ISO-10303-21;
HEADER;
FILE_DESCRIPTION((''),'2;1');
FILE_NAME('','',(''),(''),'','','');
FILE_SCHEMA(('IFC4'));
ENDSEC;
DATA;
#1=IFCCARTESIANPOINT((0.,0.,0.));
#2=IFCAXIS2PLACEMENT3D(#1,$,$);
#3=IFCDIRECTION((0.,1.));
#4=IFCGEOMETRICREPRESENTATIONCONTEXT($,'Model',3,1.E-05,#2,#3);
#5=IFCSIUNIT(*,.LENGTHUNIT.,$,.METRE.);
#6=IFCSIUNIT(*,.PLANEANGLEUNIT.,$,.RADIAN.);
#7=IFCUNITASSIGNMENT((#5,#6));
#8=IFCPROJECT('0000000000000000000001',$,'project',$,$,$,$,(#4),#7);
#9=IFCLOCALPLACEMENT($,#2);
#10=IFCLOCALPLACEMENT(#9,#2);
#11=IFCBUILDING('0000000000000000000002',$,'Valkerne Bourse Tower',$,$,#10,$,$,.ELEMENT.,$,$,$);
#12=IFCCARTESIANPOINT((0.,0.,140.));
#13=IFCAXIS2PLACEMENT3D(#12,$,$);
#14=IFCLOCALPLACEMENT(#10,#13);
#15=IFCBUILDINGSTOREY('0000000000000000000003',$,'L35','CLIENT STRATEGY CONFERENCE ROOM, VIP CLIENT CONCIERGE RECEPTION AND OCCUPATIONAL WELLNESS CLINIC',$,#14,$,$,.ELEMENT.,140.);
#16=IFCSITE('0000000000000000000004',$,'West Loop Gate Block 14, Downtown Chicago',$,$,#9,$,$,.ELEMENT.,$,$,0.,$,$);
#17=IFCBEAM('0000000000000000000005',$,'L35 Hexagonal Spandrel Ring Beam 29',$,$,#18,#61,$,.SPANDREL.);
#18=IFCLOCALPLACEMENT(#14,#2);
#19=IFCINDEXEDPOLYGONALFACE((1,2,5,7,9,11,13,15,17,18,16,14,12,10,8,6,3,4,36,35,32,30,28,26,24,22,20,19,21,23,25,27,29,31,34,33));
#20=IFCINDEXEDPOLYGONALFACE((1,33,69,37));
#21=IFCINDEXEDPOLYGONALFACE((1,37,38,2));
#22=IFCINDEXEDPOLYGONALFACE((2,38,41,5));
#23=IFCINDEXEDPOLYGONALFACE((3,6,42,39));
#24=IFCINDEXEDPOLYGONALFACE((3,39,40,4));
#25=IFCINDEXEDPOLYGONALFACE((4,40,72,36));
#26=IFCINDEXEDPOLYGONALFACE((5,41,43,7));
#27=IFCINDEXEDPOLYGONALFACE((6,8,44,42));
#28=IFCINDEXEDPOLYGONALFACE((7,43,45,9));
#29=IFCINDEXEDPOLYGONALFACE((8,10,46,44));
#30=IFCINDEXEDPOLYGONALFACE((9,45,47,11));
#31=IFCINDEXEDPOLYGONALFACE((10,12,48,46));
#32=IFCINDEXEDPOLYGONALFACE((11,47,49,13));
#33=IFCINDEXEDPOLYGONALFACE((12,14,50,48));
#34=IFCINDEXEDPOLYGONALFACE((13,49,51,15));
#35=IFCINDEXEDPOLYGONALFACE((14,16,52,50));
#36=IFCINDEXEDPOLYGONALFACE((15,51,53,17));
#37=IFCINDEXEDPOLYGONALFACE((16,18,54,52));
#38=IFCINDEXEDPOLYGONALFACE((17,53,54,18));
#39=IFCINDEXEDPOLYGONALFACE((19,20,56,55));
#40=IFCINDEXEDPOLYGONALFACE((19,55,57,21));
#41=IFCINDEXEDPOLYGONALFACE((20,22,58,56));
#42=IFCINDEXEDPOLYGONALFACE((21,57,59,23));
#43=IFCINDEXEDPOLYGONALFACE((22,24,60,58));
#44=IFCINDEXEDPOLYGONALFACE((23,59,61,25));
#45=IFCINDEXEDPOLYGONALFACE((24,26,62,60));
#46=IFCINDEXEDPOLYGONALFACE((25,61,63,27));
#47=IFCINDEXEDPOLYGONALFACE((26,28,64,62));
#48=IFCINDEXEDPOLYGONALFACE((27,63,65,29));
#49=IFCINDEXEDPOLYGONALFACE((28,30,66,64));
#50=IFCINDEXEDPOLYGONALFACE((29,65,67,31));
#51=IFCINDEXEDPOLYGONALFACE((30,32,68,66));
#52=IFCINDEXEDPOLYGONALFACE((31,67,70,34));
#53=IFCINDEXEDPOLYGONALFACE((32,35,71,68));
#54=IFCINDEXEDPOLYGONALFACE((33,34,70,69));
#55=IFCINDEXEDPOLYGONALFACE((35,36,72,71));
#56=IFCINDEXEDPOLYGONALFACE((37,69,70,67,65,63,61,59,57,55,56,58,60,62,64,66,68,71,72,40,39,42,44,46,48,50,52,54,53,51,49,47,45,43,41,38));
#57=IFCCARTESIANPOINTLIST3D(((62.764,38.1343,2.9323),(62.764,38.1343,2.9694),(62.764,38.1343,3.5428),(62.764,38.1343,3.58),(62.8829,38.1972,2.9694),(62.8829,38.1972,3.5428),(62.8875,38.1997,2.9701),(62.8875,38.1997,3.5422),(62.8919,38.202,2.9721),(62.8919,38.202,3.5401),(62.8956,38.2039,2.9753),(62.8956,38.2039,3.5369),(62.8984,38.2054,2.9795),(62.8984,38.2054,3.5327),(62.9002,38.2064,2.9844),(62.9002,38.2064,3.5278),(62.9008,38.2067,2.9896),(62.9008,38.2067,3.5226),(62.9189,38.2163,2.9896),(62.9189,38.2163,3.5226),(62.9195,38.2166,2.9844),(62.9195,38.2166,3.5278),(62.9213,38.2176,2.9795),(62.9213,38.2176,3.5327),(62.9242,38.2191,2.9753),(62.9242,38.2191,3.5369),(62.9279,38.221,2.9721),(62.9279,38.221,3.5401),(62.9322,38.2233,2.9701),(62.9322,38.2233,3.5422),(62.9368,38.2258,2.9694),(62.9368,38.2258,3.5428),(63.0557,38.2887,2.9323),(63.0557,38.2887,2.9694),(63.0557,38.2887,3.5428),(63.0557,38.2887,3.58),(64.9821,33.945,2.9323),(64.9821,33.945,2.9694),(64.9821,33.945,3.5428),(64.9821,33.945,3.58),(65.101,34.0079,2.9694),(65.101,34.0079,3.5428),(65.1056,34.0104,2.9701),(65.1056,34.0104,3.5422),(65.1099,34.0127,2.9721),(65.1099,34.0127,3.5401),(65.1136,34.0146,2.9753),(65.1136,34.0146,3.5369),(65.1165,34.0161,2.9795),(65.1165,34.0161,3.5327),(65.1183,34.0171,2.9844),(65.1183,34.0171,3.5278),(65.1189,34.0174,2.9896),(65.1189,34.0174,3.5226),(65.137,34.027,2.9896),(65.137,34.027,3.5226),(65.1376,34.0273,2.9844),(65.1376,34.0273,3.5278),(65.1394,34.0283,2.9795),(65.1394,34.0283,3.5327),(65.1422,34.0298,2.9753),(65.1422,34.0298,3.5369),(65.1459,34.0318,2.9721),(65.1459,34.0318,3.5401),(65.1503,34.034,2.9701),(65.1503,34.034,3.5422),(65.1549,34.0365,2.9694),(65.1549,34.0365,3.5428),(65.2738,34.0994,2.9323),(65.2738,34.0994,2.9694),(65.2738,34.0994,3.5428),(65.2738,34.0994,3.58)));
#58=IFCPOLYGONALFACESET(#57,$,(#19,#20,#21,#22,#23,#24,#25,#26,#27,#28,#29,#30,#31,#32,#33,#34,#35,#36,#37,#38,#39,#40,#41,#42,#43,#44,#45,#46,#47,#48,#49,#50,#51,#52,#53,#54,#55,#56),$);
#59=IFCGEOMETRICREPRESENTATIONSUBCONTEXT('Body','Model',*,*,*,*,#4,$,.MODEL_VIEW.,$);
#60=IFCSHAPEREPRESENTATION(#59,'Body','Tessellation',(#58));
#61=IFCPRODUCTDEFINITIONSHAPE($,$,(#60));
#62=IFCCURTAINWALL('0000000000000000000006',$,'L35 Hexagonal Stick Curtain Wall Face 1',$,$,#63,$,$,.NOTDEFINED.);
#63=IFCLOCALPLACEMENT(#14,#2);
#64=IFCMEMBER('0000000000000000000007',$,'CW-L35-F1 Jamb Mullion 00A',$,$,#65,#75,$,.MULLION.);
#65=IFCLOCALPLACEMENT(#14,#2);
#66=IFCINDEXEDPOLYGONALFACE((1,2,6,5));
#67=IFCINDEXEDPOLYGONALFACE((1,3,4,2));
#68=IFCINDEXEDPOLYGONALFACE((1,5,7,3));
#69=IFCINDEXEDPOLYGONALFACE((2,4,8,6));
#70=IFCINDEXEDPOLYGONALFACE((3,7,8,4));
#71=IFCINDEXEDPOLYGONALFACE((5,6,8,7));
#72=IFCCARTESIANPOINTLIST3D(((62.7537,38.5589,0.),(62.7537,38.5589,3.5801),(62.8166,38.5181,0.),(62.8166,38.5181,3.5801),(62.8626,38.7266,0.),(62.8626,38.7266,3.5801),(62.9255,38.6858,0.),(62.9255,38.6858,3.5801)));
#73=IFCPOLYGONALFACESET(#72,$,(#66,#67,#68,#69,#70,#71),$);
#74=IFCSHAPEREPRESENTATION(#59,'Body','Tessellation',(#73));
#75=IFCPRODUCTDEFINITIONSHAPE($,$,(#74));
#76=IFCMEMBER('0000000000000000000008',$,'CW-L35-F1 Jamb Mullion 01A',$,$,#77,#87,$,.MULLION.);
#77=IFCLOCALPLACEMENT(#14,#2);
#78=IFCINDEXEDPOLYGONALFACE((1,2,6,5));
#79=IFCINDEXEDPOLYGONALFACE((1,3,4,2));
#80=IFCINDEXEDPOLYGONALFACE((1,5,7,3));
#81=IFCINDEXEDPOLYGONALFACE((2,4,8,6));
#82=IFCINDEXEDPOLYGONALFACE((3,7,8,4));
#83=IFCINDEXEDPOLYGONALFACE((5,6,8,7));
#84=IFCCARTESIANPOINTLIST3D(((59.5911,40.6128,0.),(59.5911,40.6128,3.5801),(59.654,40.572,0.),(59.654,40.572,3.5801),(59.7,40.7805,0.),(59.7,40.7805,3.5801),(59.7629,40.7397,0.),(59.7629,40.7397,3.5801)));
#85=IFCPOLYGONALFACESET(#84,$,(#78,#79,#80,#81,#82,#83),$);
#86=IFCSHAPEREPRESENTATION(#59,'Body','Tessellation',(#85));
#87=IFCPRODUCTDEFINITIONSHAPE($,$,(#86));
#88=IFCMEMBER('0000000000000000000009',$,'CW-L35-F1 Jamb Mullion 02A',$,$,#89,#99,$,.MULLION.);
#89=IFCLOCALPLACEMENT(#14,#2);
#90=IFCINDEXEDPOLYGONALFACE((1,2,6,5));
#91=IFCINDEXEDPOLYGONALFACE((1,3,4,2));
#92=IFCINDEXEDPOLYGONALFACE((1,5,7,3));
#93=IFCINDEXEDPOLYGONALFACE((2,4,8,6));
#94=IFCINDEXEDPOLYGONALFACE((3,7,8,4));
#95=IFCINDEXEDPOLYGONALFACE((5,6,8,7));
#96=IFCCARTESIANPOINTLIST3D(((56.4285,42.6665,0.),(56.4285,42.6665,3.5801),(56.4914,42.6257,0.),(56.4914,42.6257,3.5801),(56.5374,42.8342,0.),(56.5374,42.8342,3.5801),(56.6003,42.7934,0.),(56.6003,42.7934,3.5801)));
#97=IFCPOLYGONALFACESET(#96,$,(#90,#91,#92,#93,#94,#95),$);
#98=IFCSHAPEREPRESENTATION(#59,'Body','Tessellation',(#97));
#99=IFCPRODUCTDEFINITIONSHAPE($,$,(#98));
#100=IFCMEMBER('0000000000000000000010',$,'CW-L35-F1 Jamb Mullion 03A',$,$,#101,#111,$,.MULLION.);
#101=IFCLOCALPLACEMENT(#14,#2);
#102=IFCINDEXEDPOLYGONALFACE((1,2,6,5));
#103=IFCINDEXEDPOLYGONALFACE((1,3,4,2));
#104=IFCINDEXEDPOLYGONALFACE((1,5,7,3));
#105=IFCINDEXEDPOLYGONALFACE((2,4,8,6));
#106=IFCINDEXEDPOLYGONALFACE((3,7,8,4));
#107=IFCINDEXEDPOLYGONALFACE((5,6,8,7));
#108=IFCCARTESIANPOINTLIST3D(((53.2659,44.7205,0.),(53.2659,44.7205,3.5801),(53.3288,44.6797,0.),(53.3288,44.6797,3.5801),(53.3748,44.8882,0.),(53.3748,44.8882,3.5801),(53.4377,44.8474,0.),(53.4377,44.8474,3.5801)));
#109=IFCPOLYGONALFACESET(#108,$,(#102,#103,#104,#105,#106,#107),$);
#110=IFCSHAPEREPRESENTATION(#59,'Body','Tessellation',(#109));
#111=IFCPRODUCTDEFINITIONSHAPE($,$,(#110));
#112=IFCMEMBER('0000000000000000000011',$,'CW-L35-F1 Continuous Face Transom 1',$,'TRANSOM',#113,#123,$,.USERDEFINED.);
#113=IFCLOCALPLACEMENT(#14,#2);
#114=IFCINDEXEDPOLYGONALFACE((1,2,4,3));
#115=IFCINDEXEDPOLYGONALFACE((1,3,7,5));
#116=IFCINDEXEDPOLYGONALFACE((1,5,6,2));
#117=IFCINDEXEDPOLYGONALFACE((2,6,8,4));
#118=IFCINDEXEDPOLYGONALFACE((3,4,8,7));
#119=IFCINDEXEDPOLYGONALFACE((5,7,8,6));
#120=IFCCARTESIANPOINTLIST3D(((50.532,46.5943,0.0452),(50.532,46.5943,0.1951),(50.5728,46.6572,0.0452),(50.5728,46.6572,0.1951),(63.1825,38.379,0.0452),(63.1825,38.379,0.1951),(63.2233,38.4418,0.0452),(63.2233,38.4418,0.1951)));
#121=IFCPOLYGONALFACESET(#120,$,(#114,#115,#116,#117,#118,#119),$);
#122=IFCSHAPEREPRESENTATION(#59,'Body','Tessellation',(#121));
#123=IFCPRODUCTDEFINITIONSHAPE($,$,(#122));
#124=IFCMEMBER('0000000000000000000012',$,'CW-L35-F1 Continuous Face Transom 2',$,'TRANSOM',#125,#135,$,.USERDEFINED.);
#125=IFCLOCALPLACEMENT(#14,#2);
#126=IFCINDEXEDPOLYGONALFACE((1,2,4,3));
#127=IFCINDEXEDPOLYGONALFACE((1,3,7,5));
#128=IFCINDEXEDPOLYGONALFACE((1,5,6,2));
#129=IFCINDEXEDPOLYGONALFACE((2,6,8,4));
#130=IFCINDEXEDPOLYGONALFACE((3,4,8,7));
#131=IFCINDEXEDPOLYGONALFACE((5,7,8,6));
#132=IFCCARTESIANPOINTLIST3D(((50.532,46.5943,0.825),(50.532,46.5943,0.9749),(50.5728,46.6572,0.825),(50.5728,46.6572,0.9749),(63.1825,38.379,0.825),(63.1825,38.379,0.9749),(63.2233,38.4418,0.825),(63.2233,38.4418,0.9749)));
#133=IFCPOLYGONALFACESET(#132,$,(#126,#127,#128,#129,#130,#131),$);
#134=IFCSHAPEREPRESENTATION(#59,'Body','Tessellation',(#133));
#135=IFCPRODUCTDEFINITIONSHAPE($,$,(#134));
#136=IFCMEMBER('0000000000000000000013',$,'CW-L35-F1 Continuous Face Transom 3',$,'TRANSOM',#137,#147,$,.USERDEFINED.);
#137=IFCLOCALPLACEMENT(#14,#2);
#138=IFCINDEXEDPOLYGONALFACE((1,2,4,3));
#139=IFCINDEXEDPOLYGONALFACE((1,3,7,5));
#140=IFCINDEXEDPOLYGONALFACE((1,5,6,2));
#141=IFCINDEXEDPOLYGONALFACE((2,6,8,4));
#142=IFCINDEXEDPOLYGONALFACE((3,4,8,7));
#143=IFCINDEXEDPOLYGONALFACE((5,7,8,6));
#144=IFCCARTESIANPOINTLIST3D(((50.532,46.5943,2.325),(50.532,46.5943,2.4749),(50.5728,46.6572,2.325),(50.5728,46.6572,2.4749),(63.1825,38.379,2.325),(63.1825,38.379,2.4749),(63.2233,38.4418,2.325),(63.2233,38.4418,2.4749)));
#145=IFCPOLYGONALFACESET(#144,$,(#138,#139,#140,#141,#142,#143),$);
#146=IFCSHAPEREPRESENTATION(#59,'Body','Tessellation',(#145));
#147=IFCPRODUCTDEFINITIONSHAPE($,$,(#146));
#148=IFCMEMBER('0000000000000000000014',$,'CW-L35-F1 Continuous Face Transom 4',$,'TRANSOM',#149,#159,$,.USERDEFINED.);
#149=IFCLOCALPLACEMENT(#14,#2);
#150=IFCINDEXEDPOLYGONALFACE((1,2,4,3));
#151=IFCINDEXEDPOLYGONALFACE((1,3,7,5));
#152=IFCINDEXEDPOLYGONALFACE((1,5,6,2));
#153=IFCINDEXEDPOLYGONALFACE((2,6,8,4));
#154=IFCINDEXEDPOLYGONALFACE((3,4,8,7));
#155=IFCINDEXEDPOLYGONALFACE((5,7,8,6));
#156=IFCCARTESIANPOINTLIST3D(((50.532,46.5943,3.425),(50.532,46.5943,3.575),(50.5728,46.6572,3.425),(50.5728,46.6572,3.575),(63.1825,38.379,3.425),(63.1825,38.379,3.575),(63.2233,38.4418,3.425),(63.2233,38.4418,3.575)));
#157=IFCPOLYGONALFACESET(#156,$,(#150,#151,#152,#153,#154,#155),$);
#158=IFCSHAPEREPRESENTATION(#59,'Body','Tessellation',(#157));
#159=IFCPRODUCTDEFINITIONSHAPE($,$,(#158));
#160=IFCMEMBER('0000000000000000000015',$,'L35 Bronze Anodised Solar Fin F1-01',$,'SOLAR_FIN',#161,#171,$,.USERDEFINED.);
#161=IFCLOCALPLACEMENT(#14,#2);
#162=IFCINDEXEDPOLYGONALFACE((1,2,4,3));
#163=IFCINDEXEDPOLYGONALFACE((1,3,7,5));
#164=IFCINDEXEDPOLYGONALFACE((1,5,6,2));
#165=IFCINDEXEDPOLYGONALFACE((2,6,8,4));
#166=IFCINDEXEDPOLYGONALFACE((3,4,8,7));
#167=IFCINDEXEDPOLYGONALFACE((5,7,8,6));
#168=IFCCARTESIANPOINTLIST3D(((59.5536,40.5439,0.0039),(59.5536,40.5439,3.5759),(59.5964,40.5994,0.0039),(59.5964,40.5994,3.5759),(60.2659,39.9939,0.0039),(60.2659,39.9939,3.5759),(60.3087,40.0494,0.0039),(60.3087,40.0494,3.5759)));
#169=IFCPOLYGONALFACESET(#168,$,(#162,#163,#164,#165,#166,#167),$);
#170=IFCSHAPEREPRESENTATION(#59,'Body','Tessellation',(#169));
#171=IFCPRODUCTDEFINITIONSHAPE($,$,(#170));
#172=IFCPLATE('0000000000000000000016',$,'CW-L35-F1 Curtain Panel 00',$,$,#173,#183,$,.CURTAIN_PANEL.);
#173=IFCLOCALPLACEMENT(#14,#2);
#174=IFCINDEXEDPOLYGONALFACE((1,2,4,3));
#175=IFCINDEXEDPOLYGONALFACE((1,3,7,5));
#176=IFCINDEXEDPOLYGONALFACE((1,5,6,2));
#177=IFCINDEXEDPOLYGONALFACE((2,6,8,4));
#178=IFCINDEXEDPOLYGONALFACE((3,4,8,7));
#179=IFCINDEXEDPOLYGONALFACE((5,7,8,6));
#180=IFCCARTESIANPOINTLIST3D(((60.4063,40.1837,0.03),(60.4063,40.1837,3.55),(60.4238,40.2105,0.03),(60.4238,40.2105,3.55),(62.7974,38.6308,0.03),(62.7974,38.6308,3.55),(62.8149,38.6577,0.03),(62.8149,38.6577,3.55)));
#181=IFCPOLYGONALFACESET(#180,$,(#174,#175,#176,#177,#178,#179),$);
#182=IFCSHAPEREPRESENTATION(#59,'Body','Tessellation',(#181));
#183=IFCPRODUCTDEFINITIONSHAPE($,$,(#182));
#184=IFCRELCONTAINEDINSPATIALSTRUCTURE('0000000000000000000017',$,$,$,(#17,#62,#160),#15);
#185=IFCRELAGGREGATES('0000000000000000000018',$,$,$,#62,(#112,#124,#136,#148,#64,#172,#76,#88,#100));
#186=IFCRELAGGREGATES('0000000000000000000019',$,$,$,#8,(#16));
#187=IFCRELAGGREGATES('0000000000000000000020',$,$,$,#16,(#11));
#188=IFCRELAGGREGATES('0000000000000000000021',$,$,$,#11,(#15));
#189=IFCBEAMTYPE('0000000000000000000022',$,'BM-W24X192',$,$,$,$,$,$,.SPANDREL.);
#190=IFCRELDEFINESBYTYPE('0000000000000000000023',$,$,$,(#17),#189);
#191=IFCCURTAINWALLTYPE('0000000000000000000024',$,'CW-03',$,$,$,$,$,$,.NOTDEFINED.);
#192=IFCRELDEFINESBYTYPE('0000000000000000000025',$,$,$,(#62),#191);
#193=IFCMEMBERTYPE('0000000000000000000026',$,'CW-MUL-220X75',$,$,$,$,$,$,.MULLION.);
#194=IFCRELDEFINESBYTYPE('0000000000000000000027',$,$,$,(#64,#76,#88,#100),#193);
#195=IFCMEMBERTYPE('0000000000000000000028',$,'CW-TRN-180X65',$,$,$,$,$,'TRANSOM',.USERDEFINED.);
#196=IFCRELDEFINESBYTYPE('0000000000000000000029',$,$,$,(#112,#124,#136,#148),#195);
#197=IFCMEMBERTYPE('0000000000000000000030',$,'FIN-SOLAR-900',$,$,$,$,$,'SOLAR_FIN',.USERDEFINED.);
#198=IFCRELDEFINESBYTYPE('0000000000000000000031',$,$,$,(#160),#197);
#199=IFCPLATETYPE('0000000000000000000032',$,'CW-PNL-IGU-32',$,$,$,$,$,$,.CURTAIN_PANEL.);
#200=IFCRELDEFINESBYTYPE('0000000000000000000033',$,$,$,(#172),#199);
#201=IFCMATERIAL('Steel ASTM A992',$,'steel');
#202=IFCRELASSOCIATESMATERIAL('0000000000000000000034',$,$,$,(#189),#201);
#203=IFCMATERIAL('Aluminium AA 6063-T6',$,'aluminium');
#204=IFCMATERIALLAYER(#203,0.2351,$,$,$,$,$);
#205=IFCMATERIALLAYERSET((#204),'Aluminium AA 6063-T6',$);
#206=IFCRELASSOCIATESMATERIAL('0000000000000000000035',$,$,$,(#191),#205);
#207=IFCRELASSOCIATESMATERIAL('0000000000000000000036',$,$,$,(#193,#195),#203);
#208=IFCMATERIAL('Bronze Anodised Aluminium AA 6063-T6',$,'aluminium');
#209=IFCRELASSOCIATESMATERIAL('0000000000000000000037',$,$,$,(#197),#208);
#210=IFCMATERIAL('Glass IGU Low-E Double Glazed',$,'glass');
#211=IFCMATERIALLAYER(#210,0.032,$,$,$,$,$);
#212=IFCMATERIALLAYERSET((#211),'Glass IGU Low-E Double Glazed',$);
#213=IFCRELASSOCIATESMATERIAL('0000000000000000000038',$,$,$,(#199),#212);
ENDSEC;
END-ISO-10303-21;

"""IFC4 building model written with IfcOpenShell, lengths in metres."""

from ifc_helpers import new_model, si_unit, direction, frame, origin, origin_2d, place, context, subcontext, project, spatial, rectangle, i_section, extrude, material, layer, layer_set, material_profile, profile_set, type_object, element, aggregate, save


model = new_model("IFC4")

# Units and contexts
model_context = context("Model", 3, precision=1e-05, world=origin(), true_north=direction((0.0, 1.0)))
body_context = subcontext(model_context, "Body", "Model", "MODEL_VIEW")
ifc_project = project(units=[si_unit("LENGTHUNIT", "METRE"), si_unit("PLANEANGLEUNIT", "RADIAN")], contexts=[model_context])

# Site, building, storey
site_placement = place(None, origin())
site = spatial("IfcSite", under=ifc_project, at=site_placement, Name="West Loop Gate Block 14, Downtown Chicago", CompositionType="ELEMENT", RefElevation=0.0)
building_placement = place(site_placement, origin())
building = spatial("IfcBuilding", under=site, at=building_placement, Name="Valkerne Bourse Tower", CompositionType="ELEMENT")
storey_placement = place(building_placement, frame((0.0, 0.0, 140.0)))
storey = spatial("IfcBuildingStorey", under=building, at=storey_placement, Name="L35", Description="CLIENT STRATEGY CONFERENCE ROOM, VIP CLIENT CONCIERGE RECEPTION AND OCCUPATIONAL WELLNESS CLINIC", CompositionType="ELEMENT", Elevation=140.0)

# Beam
ifc_material_1 = material(Name="Steel ASTM A992", Category="steel")
ifc_material_profile_1 = material_profile(ifc_material_1, i_section(OverallWidth=0.3301, OverallDepth=0.6477, WebThickness=0.0205, FlangeThickness=0.0371, FilletRadius=0.0203, at=origin_2d()), Name="W24X192")
ifc_profile_set_1 = profile_set([ifc_material_profile_1], Name="Steel ASTM A992")
beam_type = type_object("IfcBeamType", Name="BM-W24X192", PredefinedType="SPANDREL", material=ifc_profile_set_1)
beam_placement = place(storey_placement, frame((65.1279, 34.0222, 3.2561), z_axis=(-0.467921, 0.88377, 0.0), x_axis=(-0.88377, -0.467921, 0.0)))
element("IfcBeam", 1, at=beam_placement, inside=storey, type_object=beam_type, Name="L35 Hexagonal Spandrel Ring Beam 29", PredefinedType="SPANDREL", context=body_context, shape_type="SweptSolid", body=[
    extrude(i_section(OverallWidth=0.3301, OverallDepth=0.6477, WebThickness=0.0205, FlangeThickness=0.0371, FilletRadius=0.0203, at=origin_2d()), origin(), (0.0, 0.0, 1.0), 4.7402),
])

# Curtain wall, members
ifc_material_2 = material(Name="Aluminium AA 6063-T6", Category="aluminium")
ifc_layer_1 = layer(ifc_material_2, 0.2351)
ifc_layer_set_1 = layer_set([ifc_layer_1], Name="Aluminium AA 6063-T6")
curtain_wall_type = type_object("IfcCurtainWallType", Name="CW-03", PredefinedType="NOTDEFINED", material=ifc_layer_set_1)
curtain_wall_placement = place(storey_placement, origin())
curtain_wall = element("IfcCurtainWall", 2, at=curtain_wall_placement, inside=storey, type_object=curtain_wall_type, Name="L35 Hexagonal Stick Curtain Wall Face 1", PredefinedType="NOTDEFINED")
ifc_material_profile_2 = material_profile(ifc_material_2, rectangle(XDim=0.075, YDim=0.2, at=origin_2d()), Name="CWM-75X200")
ifc_profile_set_2 = profile_set([ifc_material_profile_2], Name="Aluminium AA 6063-T6")
member_type_1 = type_object("IfcMemberType", Name="CW-MUL-220X75", PredefinedType="MULLION", material=ifc_profile_set_2)
member_1_placement = place(storey_placement, frame((62.8396, 38.6223, 0.0), z_axis=(0.0, 0.0, 1.0), x_axis=(-0.838668, 0.544643, 0.0)))
member_1 = element("IfcMember", 3, at=member_1_placement, type_object=member_type_1, Name="CW-L35-F1 Jamb Mullion 00A", PredefinedType="MULLION", context=body_context, shape_type="SweptSolid", body=[
    extrude(rectangle(XDim=0.075, YDim=0.2, at=origin_2d()), origin(), (0.0, 0.0, 1.0), 3.5801),
])
member_2_placement = place(storey_placement, frame((59.677, 40.6763, 0.0), z_axis=(0.0, 0.0, 1.0), x_axis=(-0.838673, 0.544636, 0.0)))
member_2 = element("IfcMember", 4, at=member_2_placement, type_object=member_type_1, Name="CW-L35-F1 Jamb Mullion 01A", PredefinedType="MULLION", context=body_context, shape_type="SweptSolid", body=[
    extrude(rectangle(XDim=0.075, YDim=0.2, at=origin_2d()), origin(), (0.0, 0.0, 1.0), 3.5801),
])
member_3_placement = place(storey_placement, frame((56.5144, 42.73, 0.0), z_axis=(0.0, 0.0, 1.0), x_axis=(-0.838673, 0.544636, 0.0)))
member_3 = element("IfcMember", 5, at=member_3_placement, type_object=member_type_1, Name="CW-L35-F1 Jamb Mullion 02A", PredefinedType="MULLION", context=body_context, shape_type="SweptSolid", body=[
    extrude(rectangle(XDim=0.075, YDim=0.2, at=origin_2d()), origin(), (0.0, 0.0, 1.0), 3.5801),
])
member_4_placement = place(storey_placement, frame((53.3518, 44.7839, 0.0), z_axis=(0.0, 0.0, 1.0), x_axis=(-0.83866, 0.544655, 0.0)))
member_4 = element("IfcMember", 6, at=member_4_placement, type_object=member_type_1, Name="CW-L35-F1 Jamb Mullion 03A", PredefinedType="MULLION", context=body_context, shape_type="SweptSolid", body=[
    extrude(rectangle(XDim=0.075, YDim=0.2, at=origin_2d()), origin(), (0.0, 0.0, 1.0), 3.5801),
])
ifc_material_profile_3 = material_profile(ifc_material_2, rectangle(XDim=0.075, YDim=0.1499, at=origin_2d()), Name="CWT-75X150")
ifc_profile_set_3 = profile_set([ifc_material_profile_3], Name="Aluminium AA 6063-T6")
member_type_2 = type_object("IfcMemberType", Name="CW-TRN-180X65", ElementType="TRANSOM", PredefinedType="USERDEFINED", material=ifc_profile_set_3)
member_5_placement = place(storey_placement, frame((63.2029, 38.4104, 0.1201), z_axis=(-0.838668, 0.544642, 0.0), x_axis=(-0.544642, -0.838668, 0.0)))
member_5 = element("IfcMember", 7, at=member_5_placement, type_object=member_type_2, Name="CW-L35-F1 Continuous Face Transom 1", ObjectType="TRANSOM", PredefinedType="USERDEFINED", context=body_context, shape_type="SweptSolid", body=[
    extrude(rectangle(XDim=0.075, YDim=0.1499, at=origin_2d()), origin(), (0.0, 0.0, 1.0), 15.084),
])
member_6_placement = place(storey_placement, frame((63.2029, 38.4104, 0.8999), z_axis=(-0.838668, 0.544642, 0.0), x_axis=(-0.544642, -0.838668, 0.0)))
member_6 = element("IfcMember", 8, at=member_6_placement, type_object=member_type_2, Name="CW-L35-F1 Continuous Face Transom 2", ObjectType="TRANSOM", PredefinedType="USERDEFINED", context=body_context, shape_type="SweptSolid", body=[
    extrude(rectangle(XDim=0.075, YDim=0.1499, at=origin_2d()), origin(), (0.0, 0.0, 1.0), 15.084),
])
member_7_placement = place(storey_placement, frame((63.2029, 38.4104, 2.3999), z_axis=(-0.838668, 0.544642, 0.0), x_axis=(-0.544642, -0.838668, 0.0)))
member_7 = element("IfcMember", 9, at=member_7_placement, type_object=member_type_2, Name="CW-L35-F1 Continuous Face Transom 3", ObjectType="TRANSOM", PredefinedType="USERDEFINED", context=body_context, shape_type="SweptSolid", body=[
    extrude(rectangle(XDim=0.075, YDim=0.1499, at=origin_2d()), origin(), (0.0, 0.0, 1.0), 15.084),
])
member_8_placement = place(storey_placement, frame((63.2029, 38.4104, 3.5), z_axis=(-0.838668, 0.544642, 0.0), x_axis=(-0.544642, -0.838668, 0.0)))
member_8 = element("IfcMember", 10, at=member_8_placement, type_object=member_type_2, Name="CW-L35-F1 Continuous Face Transom 4", ObjectType="TRANSOM", PredefinedType="USERDEFINED", context=body_context, shape_type="SweptSolid", body=[
    extrude(rectangle(XDim=0.075, YDim=0.1499, at=origin_2d()), origin(), (0.0, 0.0, 1.0), 15.084),
])

# Member
ifc_material_3 = material(Name="Bronze Anodised Aluminium AA 6063-T6", Category="aluminium")
ifc_material_profile_4 = material_profile(ifc_material_3, rectangle(XDim=0.0701, YDim=0.8999, at=origin_2d()), Name="FIN-70X900")
ifc_profile_set_4 = profile_set([ifc_material_profile_4], Name="Bronze Anodised Aluminium AA 6063-T6")
member_type_3 = type_object("IfcMemberType", Name="FIN-SOLAR-900", ElementType="SOLAR_FIN", PredefinedType="USERDEFINED", material=ifc_profile_set_4)
member_9_placement = place(storey_placement, frame((59.9312, 40.2966, 0.0039), z_axis=(0.0, 0.0, 1.0), x_axis=(0.611156, 0.79151, 0.0)))
element("IfcMember", 11, at=member_9_placement, inside=storey, type_object=member_type_3, Name="L35 Bronze Anodised Solar Fin F1-01", ObjectType="SOLAR_FIN", PredefinedType="USERDEFINED", context=body_context, shape_type="SweptSolid", body=[
    extrude(rectangle(XDim=0.0701, YDim=0.8999, at=origin_2d()), origin(), (0.0, 0.0, 1.0), 3.572),
])

# Plate
ifc_material_4 = material(Name="Glass IGU Low-E Double Glazed", Category="glass")
ifc_layer_2 = layer(ifc_material_4, 0.032)
ifc_layer_set_2 = layer_set([ifc_layer_2], Name="Glass IGU Low-E Double Glazed")
plate_type = type_object("IfcPlateType", Name="CW-PNL-IGU-32", PredefinedType="CURTAIN_PANEL", material=ifc_layer_set_2)
plate_1_placement = place(storey_placement, frame((61.6106, 39.4207, 0.03), z_axis=(0.0, 0.0, 1.0), x_axis=(-0.838668, 0.544643, 0.0)))
plate_1 = element("IfcPlate", 12, at=plate_1_placement, type_object=plate_type, Name="CW-L35-F1 Curtain Panel 00", PredefinedType="CURTAIN_PANEL", context=body_context, shape_type="SweptSolid", body=[
    extrude(rectangle(XDim=2.8511, YDim=0.032, at=origin_2d()), origin(), (0.0, 0.0, 1.0), 3.52),
])
aggregate(curtain_wall, [member_5, member_6, member_7, member_8, member_1, plate_1, member_2, member_3, member_4])

save(model, "model.ifc")
